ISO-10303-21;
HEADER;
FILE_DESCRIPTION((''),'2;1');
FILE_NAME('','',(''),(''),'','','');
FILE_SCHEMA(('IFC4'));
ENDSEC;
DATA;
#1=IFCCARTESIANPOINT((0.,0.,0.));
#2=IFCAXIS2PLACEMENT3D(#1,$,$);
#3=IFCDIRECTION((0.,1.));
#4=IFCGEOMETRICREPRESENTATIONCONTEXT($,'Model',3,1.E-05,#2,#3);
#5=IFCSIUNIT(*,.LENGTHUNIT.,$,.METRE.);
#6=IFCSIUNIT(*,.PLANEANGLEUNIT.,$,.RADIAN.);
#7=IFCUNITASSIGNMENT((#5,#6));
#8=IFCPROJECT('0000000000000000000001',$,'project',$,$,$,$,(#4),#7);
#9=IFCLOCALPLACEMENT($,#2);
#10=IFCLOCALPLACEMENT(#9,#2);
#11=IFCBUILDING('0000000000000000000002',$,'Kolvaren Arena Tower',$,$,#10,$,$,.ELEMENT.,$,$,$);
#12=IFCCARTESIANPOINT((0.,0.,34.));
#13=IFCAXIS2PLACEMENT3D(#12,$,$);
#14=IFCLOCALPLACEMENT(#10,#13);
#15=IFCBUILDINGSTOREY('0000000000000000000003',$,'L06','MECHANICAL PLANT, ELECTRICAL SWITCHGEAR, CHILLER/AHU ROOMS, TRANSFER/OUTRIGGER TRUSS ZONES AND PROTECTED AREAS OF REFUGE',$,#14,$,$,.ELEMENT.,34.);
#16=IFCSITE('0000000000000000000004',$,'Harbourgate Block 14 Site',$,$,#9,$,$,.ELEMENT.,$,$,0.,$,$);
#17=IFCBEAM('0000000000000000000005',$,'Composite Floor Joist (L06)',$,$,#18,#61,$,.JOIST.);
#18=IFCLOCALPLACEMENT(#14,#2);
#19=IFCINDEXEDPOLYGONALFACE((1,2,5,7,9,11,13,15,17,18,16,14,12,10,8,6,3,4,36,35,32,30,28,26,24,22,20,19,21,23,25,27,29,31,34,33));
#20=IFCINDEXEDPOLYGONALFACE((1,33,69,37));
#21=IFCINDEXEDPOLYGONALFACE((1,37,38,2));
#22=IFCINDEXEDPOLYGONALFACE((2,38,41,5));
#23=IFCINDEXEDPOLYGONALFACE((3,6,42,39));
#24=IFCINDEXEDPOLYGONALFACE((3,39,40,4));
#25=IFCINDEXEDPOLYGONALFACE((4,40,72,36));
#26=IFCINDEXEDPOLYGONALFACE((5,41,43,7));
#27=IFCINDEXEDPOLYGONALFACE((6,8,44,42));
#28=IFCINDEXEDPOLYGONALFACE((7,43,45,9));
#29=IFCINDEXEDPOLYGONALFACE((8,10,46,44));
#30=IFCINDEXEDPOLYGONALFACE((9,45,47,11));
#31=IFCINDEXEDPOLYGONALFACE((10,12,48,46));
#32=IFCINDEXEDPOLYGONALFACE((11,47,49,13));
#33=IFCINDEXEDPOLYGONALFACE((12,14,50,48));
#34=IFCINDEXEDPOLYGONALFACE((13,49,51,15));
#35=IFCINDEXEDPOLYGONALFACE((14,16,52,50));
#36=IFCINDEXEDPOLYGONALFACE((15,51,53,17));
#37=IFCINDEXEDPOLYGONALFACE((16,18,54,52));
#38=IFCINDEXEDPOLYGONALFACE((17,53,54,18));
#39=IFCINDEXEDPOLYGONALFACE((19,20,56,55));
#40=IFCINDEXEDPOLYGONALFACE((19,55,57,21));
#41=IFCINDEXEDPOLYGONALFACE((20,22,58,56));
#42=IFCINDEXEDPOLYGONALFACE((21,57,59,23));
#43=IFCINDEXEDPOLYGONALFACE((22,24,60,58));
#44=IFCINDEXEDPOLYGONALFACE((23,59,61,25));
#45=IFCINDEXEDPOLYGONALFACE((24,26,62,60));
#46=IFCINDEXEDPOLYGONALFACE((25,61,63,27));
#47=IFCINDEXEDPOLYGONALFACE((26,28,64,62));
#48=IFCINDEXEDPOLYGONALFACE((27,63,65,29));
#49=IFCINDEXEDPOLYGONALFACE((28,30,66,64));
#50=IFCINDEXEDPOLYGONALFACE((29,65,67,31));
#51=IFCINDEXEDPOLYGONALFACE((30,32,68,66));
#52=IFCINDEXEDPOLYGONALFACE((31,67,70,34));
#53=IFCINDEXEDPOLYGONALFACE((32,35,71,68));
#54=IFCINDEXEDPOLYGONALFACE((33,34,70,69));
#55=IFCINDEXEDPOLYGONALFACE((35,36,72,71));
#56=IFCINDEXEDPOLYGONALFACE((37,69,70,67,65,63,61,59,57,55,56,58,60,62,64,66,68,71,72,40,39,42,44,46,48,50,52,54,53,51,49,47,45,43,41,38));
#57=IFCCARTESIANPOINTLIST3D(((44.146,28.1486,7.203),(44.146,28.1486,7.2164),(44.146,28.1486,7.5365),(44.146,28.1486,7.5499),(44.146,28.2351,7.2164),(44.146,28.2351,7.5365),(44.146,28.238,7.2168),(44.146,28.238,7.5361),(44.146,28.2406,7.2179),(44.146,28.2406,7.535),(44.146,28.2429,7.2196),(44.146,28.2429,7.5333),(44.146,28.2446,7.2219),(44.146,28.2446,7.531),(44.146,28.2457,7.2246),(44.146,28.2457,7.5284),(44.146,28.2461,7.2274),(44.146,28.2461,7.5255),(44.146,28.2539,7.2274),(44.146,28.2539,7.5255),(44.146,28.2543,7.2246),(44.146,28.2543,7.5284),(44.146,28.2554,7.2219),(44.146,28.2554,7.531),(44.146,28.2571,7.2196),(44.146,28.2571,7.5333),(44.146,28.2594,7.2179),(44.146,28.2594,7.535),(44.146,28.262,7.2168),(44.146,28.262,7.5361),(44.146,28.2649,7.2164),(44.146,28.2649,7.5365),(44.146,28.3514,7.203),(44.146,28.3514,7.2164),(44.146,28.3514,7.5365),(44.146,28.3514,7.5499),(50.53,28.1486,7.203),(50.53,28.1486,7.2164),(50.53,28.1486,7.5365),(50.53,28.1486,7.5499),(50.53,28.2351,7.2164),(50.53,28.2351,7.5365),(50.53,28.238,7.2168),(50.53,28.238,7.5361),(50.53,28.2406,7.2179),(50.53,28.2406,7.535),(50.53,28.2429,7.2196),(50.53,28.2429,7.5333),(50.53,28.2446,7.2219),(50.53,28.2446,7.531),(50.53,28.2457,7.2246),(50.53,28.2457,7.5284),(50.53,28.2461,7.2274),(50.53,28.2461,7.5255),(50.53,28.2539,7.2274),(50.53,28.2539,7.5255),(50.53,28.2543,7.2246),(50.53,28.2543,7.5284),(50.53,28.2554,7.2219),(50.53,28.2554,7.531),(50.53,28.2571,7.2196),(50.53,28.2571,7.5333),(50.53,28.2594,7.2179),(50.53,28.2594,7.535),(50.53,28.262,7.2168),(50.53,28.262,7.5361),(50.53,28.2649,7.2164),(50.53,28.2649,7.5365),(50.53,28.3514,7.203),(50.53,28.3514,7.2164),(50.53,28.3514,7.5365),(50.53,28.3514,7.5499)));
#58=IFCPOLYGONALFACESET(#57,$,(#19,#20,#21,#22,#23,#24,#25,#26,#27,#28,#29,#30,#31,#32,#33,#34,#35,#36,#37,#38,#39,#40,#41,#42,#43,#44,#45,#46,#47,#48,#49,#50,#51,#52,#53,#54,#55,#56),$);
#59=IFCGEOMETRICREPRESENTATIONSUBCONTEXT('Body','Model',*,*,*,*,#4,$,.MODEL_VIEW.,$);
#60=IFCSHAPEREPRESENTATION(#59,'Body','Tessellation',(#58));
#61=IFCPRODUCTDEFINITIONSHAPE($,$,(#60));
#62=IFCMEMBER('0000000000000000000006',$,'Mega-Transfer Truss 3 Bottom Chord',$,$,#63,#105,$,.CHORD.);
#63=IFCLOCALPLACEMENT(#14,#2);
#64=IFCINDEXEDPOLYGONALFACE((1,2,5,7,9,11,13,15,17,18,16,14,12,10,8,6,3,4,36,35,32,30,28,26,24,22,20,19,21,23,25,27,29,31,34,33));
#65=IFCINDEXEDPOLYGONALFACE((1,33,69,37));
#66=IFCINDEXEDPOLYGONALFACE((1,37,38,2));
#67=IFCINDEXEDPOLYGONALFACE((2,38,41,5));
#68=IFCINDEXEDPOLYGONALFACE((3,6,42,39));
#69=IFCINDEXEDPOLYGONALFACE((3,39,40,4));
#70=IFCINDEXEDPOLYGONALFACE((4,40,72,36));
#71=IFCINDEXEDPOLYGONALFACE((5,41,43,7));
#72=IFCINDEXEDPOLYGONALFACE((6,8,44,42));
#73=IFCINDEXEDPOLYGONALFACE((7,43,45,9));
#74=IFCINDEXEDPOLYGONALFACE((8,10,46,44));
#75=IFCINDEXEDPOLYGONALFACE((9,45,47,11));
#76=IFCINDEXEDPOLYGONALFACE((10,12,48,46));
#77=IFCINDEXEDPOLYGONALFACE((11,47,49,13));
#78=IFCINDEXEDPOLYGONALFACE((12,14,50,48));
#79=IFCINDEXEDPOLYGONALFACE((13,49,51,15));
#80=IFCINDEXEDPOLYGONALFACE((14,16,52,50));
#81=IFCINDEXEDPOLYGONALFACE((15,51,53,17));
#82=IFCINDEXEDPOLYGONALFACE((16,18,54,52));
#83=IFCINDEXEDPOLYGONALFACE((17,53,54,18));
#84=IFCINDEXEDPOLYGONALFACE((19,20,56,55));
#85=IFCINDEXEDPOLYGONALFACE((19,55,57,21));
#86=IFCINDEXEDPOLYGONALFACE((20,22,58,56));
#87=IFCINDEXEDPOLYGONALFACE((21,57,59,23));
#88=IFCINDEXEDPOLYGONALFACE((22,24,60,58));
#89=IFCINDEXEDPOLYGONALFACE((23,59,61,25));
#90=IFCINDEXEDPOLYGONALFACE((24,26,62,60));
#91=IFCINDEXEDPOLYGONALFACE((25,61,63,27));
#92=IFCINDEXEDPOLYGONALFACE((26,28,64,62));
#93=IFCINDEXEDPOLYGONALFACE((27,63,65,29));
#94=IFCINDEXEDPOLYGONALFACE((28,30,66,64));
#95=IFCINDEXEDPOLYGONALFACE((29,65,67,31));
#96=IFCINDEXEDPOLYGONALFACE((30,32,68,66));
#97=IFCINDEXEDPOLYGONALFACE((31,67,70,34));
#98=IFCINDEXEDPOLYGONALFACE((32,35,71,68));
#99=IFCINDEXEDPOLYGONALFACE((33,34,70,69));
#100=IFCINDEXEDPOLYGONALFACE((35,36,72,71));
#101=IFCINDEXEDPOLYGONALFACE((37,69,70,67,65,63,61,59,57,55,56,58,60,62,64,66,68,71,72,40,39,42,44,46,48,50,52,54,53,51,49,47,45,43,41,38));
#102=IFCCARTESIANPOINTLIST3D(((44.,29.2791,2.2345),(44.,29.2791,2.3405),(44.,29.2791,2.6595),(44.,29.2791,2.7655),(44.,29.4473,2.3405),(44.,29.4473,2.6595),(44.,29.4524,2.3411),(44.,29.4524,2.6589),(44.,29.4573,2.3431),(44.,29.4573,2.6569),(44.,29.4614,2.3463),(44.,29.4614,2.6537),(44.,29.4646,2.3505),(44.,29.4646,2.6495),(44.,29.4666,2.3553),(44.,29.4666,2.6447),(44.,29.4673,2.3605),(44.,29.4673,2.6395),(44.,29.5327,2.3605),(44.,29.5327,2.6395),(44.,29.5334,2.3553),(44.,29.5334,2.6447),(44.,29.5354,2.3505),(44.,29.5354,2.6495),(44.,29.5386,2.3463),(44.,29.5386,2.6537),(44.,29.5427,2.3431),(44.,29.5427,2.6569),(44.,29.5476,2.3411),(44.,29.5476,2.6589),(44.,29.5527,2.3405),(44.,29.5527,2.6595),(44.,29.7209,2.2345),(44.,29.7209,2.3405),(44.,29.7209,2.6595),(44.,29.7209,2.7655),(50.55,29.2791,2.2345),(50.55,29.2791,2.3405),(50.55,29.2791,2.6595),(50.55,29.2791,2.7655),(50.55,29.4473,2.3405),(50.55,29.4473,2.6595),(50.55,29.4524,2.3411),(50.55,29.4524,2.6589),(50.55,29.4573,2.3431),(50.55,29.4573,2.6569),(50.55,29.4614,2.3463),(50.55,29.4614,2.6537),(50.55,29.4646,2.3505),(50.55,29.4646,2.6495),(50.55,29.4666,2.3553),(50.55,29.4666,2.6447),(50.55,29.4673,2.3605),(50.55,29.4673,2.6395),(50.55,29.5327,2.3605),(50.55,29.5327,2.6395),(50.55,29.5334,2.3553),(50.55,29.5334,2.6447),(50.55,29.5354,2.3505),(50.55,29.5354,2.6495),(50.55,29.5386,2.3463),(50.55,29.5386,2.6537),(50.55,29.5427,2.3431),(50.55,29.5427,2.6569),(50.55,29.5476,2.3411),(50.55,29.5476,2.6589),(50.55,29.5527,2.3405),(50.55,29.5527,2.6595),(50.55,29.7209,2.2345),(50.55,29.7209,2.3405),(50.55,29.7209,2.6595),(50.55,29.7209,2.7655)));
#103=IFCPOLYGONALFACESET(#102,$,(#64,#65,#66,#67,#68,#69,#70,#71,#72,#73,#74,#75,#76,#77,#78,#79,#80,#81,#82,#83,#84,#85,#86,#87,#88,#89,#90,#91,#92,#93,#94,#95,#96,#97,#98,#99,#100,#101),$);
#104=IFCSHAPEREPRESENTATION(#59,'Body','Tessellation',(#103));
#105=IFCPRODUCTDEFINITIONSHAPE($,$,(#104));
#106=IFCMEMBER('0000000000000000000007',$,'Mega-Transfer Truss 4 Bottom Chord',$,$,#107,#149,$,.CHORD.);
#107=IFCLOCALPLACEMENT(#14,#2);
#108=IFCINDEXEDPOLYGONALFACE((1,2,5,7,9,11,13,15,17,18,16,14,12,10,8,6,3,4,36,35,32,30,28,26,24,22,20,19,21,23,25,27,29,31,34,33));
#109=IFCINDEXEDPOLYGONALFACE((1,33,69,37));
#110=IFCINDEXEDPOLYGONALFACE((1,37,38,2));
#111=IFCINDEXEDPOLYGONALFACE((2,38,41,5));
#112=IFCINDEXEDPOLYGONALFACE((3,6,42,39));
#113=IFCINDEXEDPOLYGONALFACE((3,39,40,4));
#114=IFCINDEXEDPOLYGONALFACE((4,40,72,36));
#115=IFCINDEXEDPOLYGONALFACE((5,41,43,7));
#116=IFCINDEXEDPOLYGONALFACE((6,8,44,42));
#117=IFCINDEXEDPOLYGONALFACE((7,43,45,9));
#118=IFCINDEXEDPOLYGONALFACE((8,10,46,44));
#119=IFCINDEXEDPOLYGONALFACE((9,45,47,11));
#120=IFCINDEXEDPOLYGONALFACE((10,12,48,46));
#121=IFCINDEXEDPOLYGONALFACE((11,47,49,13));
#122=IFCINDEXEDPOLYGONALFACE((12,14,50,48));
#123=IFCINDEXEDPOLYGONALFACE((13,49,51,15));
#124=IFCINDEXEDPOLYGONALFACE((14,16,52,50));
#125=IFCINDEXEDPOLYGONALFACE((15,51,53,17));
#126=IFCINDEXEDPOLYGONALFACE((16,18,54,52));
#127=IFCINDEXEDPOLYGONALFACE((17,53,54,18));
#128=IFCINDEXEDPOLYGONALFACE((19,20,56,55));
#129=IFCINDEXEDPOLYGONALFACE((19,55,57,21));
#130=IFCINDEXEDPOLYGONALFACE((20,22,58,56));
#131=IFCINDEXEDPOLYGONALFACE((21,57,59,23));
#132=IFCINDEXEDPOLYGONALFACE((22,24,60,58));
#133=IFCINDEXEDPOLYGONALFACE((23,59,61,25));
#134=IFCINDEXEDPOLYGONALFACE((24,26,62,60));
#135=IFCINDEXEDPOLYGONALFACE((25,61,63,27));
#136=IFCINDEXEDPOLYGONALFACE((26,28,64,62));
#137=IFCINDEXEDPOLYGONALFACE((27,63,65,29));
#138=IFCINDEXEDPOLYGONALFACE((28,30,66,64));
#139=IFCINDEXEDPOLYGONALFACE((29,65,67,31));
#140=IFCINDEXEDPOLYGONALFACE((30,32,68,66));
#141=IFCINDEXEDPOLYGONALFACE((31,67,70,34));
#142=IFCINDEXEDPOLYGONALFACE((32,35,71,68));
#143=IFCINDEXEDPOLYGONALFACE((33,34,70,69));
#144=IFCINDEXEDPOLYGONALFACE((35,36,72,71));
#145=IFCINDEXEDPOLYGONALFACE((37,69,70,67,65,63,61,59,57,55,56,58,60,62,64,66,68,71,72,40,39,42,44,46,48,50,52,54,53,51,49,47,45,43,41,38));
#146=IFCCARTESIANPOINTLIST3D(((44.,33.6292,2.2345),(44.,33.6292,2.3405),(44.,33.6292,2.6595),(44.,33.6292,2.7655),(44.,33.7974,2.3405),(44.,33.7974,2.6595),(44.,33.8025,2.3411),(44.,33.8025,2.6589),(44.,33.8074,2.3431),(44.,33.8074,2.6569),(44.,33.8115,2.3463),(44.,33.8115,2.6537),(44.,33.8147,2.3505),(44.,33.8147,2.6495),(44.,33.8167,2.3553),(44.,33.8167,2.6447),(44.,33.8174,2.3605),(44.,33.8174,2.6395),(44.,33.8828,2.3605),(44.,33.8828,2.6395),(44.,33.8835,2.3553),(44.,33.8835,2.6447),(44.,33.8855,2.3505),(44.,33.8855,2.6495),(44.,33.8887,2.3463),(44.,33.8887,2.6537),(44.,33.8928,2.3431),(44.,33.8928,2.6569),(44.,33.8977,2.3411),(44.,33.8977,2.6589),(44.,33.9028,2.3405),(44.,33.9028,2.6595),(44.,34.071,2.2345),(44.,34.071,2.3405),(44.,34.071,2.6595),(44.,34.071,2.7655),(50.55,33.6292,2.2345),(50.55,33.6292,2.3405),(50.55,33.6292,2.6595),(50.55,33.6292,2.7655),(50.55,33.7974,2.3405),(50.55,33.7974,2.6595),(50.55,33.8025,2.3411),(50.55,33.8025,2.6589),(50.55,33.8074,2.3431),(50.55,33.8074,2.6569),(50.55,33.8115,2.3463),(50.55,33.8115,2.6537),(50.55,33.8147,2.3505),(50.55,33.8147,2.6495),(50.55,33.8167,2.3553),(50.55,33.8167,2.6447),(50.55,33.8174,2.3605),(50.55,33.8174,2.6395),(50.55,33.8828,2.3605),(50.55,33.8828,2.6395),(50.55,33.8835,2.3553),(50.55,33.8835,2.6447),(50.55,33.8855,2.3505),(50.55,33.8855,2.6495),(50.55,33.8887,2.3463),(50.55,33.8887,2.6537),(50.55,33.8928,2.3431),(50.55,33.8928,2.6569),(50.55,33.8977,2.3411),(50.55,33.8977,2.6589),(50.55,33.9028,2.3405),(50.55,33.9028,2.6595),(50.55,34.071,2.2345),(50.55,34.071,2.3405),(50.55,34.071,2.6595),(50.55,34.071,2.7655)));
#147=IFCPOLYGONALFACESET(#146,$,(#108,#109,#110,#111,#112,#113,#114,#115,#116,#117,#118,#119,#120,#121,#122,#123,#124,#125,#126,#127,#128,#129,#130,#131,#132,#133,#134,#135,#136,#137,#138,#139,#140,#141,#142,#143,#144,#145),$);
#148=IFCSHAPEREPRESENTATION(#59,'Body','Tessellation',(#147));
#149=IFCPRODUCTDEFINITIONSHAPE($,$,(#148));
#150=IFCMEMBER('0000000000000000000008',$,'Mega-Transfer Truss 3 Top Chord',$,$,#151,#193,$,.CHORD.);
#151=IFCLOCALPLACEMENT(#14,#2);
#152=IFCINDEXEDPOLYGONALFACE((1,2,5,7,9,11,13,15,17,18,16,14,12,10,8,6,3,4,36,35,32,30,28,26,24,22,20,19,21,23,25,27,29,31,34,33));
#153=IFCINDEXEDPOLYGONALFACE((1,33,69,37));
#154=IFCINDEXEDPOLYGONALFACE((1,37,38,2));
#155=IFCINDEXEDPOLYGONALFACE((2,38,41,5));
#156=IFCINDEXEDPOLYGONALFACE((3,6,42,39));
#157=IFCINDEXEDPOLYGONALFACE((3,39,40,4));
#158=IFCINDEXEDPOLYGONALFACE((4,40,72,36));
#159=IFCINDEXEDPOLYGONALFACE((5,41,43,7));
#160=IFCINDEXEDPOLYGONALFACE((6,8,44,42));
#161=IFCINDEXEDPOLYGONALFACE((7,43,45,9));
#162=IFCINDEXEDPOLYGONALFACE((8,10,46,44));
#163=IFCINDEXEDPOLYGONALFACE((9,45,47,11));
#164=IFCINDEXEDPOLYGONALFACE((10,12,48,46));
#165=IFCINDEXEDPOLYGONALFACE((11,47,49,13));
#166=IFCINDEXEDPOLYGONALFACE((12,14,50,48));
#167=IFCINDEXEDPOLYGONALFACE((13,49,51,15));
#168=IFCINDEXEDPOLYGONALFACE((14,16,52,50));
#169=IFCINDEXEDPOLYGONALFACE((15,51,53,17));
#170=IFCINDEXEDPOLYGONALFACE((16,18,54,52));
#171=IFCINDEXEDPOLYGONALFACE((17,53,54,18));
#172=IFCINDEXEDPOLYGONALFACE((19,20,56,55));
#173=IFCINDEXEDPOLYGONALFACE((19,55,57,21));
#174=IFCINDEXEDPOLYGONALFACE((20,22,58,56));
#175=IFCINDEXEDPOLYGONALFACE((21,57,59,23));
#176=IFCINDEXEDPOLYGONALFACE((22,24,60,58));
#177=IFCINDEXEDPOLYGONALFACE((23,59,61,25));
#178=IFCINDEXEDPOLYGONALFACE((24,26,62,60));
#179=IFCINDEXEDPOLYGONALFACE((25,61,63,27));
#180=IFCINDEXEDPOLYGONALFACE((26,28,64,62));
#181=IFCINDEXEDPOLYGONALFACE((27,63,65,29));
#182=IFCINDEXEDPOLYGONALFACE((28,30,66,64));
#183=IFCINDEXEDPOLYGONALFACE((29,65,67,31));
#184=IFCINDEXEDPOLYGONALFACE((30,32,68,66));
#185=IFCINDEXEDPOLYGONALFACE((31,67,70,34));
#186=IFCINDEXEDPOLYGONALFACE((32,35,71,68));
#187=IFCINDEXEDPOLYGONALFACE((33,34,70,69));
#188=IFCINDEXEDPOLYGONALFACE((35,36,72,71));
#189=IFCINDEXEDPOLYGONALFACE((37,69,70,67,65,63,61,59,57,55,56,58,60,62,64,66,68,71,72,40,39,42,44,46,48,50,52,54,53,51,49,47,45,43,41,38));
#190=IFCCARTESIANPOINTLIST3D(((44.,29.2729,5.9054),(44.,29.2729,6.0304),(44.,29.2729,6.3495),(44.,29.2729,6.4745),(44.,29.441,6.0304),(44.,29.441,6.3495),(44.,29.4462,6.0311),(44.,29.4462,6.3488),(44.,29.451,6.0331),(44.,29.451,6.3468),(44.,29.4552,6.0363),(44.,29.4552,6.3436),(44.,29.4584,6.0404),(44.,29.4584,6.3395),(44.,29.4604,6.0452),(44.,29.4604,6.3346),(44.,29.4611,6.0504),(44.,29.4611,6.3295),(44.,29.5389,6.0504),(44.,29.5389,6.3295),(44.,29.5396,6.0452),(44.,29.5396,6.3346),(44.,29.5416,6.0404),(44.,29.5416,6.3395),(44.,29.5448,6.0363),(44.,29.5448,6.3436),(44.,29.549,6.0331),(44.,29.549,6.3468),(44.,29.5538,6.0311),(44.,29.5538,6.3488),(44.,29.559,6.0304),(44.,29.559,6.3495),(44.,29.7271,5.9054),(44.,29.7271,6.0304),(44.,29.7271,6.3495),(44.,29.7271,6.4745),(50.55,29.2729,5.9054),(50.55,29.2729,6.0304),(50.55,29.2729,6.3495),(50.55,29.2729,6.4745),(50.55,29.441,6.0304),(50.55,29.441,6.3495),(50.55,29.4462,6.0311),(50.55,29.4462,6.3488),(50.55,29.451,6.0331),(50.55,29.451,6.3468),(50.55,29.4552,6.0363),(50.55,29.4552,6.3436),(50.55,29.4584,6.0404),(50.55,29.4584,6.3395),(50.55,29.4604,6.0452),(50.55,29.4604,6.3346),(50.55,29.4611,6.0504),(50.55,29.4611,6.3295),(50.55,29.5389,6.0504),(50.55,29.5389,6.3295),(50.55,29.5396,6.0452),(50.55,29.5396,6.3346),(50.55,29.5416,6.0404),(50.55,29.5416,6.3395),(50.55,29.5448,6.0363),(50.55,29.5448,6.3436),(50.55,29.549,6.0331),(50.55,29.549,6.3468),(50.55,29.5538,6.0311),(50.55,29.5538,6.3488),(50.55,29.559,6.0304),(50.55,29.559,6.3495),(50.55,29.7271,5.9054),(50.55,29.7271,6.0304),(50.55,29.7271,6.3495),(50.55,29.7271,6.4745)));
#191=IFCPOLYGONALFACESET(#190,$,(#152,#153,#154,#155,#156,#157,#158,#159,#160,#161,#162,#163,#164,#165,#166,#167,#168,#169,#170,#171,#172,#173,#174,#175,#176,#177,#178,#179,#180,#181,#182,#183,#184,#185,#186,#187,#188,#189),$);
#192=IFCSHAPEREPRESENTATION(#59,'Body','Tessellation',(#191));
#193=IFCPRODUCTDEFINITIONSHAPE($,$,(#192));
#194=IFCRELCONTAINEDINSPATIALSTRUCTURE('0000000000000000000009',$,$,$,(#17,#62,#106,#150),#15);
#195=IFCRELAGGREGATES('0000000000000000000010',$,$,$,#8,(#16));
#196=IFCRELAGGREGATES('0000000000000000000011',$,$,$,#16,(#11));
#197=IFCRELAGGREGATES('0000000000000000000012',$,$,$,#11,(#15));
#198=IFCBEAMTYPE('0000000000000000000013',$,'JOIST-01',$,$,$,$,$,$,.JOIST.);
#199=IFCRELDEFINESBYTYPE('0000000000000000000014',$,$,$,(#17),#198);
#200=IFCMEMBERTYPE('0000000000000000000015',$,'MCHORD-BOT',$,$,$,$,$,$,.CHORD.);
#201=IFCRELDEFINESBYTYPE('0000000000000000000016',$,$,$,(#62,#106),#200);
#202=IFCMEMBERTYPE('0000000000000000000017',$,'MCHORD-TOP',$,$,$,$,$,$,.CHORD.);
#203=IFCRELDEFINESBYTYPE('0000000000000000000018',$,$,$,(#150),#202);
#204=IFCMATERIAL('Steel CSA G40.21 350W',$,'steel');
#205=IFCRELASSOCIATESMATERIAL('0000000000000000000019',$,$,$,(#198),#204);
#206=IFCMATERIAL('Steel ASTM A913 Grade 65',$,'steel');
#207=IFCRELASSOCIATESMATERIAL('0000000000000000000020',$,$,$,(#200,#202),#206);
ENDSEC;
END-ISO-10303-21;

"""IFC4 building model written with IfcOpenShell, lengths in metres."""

from ifc_helpers import new_model, si_unit, direction, frame, origin, origin_2d, place, context, subcontext, project, spatial, i_section, extrude, material, material_profile, profile_set, type_object, element, save


model = new_model("IFC4")

# Units and contexts
model_context = context("Model", 3, precision=1e-05, world=origin(), true_north=direction((0.0, 1.0)))
body_context = subcontext(model_context, "Body", "Model", "MODEL_VIEW")
ifc_project = project(units=[si_unit("LENGTHUNIT", "METRE"), si_unit("PLANEANGLEUNIT", "RADIAN")], contexts=[model_context])

# Site, building, storey
site_placement = place(None, origin())
site = spatial("IfcSite", under=ifc_project, at=site_placement, Name="Harbourgate Block 14 Site", CompositionType="ELEMENT", RefElevation=0.0)
building_placement = place(site_placement, origin())
building = spatial("IfcBuilding", under=site, at=building_placement, Name="Kolvaren Arena Tower", CompositionType="ELEMENT")
storey_placement = place(building_placement, frame((0.0, 0.0, 34.0)))
storey = spatial("IfcBuildingStorey", under=building, at=storey_placement, Name="L06", Description="MECHANICAL PLANT, ELECTRICAL SWITCHGEAR, CHILLER/AHU ROOMS, TRANSFER/OUTRIGGER TRUSS ZONES AND PROTECTED AREAS OF REFUGE", CompositionType="ELEMENT", Elevation=34.0)

# Shared definitions
ifc_material_1 = material(Name="Steel ASTM A913 Grade 65", Category="steel")

# Beam
ifc_material_2 = material(Name="Steel CSA G40.21 350W", Category="steel")
ifc_material_profile_1 = material_profile(ifc_material_2, i_section(OverallWidth=0.2029, OverallDepth=0.3469, WebThickness=0.0078, FlangeThickness=0.0134, FilletRadius=0.011, at=origin_2d()), Name="W360x64")
ifc_profile_set_1 = profile_set([ifc_material_profile_1], Name="Steel CSA G40.21 350W")
beam_type_1 = type_object("IfcBeamType", Name="JOIST-01", PredefinedType="JOIST", material=ifc_profile_set_1)
beam_1_placement = place(storey_placement, frame((44.146, 28.25, 7.3765), z_axis=(1.0, 0.0, 0.0), x_axis=(0.0, 1.0, 0.0)))
element("IfcBeam", 1, at=beam_1_placement, inside=storey, type_object=beam_type_1, Name="Composite Floor Joist (L06)", PredefinedType="JOIST", context=body_context, shape_type="SweptSolid", body=[
    extrude(i_section(OverallWidth=0.2029, OverallDepth=0.3469, WebThickness=0.0078, FlangeThickness=0.0134, FilletRadius=0.011, at=origin_2d()), origin(), (0.0, 0.0, 1.0), 6.384),
])

# Members
ifc_material_profile_2 = material_profile(ifc_material_1, i_section(OverallWidth=0.4419, OverallDepth=0.531, WebThickness=0.0654, FlangeThickness=0.106, FilletRadius=0.02, at=origin_2d()), Name="W360x900")
ifc_profile_set_2 = profile_set([ifc_material_profile_2], Name="Steel ASTM A913 Grade 65")
member_type_1 = type_object("IfcMemberType", Name="MCHORD-BOT", PredefinedType="CHORD", material=ifc_profile_set_2)
for number, where, z_axis, x_axis, name in (
    (2, (44.0, 29.5, 2.5), (1.0, 0.0, 0.0), (0.0, 1.0, 0.0), "Mega-Transfer Truss 3 Bottom Chord"),
    (3, (44.0, 33.8501, 2.5), (1.0, 0.0, 0.0), (0.0, 1.0, 0.0), "Mega-Transfer Truss 4 Bottom Chord"),
):
    element("IfcMember", number, at=place(storey_placement, frame(where, z_axis=z_axis, x_axis=x_axis)), inside=storey, type_object=member_type_1, Name=name, PredefinedType="CHORD", context=body_context, shape_type="SweptSolid", body=[
        extrude(i_section(OverallWidth=0.4419, OverallDepth=0.531, WebThickness=0.0654, FlangeThickness=0.106, FilletRadius=0.02, at=origin_2d()), origin(), (0.0, 0.0, 1.0), 6.55),
    ])
ifc_material_profile_3 = material_profile(ifc_material_1, i_section(OverallWidth=0.4541, OverallDepth=0.5691, WebThickness=0.0779, FlangeThickness=0.125, FilletRadius=0.02, at=origin_2d()), Name="W360x1086")
ifc_profile_set_3 = profile_set([ifc_material_profile_3], Name="Steel ASTM A913 Grade 65")
member_type_2 = type_object("IfcMemberType", Name="MCHORD-TOP", PredefinedType="CHORD", material=ifc_profile_set_3)
member_1_placement = place(storey_placement, frame((44.0, 29.5, 6.1899), z_axis=(1.0, 0.0, 0.0), x_axis=(0.0, 1.0, 0.0)))
element("IfcMember", 4, at=member_1_placement, inside=storey, type_object=member_type_2, Name="Mega-Transfer Truss 3 Top Chord", PredefinedType="CHORD", context=body_context, shape_type="SweptSolid", body=[
    extrude(i_section(OverallWidth=0.4541, OverallDepth=0.5691, WebThickness=0.0779, FlangeThickness=0.125, FilletRadius=0.02, at=origin_2d()), origin(), (0.0, 0.0, 1.0), 6.55),
])

save(model, "model.ifc")
